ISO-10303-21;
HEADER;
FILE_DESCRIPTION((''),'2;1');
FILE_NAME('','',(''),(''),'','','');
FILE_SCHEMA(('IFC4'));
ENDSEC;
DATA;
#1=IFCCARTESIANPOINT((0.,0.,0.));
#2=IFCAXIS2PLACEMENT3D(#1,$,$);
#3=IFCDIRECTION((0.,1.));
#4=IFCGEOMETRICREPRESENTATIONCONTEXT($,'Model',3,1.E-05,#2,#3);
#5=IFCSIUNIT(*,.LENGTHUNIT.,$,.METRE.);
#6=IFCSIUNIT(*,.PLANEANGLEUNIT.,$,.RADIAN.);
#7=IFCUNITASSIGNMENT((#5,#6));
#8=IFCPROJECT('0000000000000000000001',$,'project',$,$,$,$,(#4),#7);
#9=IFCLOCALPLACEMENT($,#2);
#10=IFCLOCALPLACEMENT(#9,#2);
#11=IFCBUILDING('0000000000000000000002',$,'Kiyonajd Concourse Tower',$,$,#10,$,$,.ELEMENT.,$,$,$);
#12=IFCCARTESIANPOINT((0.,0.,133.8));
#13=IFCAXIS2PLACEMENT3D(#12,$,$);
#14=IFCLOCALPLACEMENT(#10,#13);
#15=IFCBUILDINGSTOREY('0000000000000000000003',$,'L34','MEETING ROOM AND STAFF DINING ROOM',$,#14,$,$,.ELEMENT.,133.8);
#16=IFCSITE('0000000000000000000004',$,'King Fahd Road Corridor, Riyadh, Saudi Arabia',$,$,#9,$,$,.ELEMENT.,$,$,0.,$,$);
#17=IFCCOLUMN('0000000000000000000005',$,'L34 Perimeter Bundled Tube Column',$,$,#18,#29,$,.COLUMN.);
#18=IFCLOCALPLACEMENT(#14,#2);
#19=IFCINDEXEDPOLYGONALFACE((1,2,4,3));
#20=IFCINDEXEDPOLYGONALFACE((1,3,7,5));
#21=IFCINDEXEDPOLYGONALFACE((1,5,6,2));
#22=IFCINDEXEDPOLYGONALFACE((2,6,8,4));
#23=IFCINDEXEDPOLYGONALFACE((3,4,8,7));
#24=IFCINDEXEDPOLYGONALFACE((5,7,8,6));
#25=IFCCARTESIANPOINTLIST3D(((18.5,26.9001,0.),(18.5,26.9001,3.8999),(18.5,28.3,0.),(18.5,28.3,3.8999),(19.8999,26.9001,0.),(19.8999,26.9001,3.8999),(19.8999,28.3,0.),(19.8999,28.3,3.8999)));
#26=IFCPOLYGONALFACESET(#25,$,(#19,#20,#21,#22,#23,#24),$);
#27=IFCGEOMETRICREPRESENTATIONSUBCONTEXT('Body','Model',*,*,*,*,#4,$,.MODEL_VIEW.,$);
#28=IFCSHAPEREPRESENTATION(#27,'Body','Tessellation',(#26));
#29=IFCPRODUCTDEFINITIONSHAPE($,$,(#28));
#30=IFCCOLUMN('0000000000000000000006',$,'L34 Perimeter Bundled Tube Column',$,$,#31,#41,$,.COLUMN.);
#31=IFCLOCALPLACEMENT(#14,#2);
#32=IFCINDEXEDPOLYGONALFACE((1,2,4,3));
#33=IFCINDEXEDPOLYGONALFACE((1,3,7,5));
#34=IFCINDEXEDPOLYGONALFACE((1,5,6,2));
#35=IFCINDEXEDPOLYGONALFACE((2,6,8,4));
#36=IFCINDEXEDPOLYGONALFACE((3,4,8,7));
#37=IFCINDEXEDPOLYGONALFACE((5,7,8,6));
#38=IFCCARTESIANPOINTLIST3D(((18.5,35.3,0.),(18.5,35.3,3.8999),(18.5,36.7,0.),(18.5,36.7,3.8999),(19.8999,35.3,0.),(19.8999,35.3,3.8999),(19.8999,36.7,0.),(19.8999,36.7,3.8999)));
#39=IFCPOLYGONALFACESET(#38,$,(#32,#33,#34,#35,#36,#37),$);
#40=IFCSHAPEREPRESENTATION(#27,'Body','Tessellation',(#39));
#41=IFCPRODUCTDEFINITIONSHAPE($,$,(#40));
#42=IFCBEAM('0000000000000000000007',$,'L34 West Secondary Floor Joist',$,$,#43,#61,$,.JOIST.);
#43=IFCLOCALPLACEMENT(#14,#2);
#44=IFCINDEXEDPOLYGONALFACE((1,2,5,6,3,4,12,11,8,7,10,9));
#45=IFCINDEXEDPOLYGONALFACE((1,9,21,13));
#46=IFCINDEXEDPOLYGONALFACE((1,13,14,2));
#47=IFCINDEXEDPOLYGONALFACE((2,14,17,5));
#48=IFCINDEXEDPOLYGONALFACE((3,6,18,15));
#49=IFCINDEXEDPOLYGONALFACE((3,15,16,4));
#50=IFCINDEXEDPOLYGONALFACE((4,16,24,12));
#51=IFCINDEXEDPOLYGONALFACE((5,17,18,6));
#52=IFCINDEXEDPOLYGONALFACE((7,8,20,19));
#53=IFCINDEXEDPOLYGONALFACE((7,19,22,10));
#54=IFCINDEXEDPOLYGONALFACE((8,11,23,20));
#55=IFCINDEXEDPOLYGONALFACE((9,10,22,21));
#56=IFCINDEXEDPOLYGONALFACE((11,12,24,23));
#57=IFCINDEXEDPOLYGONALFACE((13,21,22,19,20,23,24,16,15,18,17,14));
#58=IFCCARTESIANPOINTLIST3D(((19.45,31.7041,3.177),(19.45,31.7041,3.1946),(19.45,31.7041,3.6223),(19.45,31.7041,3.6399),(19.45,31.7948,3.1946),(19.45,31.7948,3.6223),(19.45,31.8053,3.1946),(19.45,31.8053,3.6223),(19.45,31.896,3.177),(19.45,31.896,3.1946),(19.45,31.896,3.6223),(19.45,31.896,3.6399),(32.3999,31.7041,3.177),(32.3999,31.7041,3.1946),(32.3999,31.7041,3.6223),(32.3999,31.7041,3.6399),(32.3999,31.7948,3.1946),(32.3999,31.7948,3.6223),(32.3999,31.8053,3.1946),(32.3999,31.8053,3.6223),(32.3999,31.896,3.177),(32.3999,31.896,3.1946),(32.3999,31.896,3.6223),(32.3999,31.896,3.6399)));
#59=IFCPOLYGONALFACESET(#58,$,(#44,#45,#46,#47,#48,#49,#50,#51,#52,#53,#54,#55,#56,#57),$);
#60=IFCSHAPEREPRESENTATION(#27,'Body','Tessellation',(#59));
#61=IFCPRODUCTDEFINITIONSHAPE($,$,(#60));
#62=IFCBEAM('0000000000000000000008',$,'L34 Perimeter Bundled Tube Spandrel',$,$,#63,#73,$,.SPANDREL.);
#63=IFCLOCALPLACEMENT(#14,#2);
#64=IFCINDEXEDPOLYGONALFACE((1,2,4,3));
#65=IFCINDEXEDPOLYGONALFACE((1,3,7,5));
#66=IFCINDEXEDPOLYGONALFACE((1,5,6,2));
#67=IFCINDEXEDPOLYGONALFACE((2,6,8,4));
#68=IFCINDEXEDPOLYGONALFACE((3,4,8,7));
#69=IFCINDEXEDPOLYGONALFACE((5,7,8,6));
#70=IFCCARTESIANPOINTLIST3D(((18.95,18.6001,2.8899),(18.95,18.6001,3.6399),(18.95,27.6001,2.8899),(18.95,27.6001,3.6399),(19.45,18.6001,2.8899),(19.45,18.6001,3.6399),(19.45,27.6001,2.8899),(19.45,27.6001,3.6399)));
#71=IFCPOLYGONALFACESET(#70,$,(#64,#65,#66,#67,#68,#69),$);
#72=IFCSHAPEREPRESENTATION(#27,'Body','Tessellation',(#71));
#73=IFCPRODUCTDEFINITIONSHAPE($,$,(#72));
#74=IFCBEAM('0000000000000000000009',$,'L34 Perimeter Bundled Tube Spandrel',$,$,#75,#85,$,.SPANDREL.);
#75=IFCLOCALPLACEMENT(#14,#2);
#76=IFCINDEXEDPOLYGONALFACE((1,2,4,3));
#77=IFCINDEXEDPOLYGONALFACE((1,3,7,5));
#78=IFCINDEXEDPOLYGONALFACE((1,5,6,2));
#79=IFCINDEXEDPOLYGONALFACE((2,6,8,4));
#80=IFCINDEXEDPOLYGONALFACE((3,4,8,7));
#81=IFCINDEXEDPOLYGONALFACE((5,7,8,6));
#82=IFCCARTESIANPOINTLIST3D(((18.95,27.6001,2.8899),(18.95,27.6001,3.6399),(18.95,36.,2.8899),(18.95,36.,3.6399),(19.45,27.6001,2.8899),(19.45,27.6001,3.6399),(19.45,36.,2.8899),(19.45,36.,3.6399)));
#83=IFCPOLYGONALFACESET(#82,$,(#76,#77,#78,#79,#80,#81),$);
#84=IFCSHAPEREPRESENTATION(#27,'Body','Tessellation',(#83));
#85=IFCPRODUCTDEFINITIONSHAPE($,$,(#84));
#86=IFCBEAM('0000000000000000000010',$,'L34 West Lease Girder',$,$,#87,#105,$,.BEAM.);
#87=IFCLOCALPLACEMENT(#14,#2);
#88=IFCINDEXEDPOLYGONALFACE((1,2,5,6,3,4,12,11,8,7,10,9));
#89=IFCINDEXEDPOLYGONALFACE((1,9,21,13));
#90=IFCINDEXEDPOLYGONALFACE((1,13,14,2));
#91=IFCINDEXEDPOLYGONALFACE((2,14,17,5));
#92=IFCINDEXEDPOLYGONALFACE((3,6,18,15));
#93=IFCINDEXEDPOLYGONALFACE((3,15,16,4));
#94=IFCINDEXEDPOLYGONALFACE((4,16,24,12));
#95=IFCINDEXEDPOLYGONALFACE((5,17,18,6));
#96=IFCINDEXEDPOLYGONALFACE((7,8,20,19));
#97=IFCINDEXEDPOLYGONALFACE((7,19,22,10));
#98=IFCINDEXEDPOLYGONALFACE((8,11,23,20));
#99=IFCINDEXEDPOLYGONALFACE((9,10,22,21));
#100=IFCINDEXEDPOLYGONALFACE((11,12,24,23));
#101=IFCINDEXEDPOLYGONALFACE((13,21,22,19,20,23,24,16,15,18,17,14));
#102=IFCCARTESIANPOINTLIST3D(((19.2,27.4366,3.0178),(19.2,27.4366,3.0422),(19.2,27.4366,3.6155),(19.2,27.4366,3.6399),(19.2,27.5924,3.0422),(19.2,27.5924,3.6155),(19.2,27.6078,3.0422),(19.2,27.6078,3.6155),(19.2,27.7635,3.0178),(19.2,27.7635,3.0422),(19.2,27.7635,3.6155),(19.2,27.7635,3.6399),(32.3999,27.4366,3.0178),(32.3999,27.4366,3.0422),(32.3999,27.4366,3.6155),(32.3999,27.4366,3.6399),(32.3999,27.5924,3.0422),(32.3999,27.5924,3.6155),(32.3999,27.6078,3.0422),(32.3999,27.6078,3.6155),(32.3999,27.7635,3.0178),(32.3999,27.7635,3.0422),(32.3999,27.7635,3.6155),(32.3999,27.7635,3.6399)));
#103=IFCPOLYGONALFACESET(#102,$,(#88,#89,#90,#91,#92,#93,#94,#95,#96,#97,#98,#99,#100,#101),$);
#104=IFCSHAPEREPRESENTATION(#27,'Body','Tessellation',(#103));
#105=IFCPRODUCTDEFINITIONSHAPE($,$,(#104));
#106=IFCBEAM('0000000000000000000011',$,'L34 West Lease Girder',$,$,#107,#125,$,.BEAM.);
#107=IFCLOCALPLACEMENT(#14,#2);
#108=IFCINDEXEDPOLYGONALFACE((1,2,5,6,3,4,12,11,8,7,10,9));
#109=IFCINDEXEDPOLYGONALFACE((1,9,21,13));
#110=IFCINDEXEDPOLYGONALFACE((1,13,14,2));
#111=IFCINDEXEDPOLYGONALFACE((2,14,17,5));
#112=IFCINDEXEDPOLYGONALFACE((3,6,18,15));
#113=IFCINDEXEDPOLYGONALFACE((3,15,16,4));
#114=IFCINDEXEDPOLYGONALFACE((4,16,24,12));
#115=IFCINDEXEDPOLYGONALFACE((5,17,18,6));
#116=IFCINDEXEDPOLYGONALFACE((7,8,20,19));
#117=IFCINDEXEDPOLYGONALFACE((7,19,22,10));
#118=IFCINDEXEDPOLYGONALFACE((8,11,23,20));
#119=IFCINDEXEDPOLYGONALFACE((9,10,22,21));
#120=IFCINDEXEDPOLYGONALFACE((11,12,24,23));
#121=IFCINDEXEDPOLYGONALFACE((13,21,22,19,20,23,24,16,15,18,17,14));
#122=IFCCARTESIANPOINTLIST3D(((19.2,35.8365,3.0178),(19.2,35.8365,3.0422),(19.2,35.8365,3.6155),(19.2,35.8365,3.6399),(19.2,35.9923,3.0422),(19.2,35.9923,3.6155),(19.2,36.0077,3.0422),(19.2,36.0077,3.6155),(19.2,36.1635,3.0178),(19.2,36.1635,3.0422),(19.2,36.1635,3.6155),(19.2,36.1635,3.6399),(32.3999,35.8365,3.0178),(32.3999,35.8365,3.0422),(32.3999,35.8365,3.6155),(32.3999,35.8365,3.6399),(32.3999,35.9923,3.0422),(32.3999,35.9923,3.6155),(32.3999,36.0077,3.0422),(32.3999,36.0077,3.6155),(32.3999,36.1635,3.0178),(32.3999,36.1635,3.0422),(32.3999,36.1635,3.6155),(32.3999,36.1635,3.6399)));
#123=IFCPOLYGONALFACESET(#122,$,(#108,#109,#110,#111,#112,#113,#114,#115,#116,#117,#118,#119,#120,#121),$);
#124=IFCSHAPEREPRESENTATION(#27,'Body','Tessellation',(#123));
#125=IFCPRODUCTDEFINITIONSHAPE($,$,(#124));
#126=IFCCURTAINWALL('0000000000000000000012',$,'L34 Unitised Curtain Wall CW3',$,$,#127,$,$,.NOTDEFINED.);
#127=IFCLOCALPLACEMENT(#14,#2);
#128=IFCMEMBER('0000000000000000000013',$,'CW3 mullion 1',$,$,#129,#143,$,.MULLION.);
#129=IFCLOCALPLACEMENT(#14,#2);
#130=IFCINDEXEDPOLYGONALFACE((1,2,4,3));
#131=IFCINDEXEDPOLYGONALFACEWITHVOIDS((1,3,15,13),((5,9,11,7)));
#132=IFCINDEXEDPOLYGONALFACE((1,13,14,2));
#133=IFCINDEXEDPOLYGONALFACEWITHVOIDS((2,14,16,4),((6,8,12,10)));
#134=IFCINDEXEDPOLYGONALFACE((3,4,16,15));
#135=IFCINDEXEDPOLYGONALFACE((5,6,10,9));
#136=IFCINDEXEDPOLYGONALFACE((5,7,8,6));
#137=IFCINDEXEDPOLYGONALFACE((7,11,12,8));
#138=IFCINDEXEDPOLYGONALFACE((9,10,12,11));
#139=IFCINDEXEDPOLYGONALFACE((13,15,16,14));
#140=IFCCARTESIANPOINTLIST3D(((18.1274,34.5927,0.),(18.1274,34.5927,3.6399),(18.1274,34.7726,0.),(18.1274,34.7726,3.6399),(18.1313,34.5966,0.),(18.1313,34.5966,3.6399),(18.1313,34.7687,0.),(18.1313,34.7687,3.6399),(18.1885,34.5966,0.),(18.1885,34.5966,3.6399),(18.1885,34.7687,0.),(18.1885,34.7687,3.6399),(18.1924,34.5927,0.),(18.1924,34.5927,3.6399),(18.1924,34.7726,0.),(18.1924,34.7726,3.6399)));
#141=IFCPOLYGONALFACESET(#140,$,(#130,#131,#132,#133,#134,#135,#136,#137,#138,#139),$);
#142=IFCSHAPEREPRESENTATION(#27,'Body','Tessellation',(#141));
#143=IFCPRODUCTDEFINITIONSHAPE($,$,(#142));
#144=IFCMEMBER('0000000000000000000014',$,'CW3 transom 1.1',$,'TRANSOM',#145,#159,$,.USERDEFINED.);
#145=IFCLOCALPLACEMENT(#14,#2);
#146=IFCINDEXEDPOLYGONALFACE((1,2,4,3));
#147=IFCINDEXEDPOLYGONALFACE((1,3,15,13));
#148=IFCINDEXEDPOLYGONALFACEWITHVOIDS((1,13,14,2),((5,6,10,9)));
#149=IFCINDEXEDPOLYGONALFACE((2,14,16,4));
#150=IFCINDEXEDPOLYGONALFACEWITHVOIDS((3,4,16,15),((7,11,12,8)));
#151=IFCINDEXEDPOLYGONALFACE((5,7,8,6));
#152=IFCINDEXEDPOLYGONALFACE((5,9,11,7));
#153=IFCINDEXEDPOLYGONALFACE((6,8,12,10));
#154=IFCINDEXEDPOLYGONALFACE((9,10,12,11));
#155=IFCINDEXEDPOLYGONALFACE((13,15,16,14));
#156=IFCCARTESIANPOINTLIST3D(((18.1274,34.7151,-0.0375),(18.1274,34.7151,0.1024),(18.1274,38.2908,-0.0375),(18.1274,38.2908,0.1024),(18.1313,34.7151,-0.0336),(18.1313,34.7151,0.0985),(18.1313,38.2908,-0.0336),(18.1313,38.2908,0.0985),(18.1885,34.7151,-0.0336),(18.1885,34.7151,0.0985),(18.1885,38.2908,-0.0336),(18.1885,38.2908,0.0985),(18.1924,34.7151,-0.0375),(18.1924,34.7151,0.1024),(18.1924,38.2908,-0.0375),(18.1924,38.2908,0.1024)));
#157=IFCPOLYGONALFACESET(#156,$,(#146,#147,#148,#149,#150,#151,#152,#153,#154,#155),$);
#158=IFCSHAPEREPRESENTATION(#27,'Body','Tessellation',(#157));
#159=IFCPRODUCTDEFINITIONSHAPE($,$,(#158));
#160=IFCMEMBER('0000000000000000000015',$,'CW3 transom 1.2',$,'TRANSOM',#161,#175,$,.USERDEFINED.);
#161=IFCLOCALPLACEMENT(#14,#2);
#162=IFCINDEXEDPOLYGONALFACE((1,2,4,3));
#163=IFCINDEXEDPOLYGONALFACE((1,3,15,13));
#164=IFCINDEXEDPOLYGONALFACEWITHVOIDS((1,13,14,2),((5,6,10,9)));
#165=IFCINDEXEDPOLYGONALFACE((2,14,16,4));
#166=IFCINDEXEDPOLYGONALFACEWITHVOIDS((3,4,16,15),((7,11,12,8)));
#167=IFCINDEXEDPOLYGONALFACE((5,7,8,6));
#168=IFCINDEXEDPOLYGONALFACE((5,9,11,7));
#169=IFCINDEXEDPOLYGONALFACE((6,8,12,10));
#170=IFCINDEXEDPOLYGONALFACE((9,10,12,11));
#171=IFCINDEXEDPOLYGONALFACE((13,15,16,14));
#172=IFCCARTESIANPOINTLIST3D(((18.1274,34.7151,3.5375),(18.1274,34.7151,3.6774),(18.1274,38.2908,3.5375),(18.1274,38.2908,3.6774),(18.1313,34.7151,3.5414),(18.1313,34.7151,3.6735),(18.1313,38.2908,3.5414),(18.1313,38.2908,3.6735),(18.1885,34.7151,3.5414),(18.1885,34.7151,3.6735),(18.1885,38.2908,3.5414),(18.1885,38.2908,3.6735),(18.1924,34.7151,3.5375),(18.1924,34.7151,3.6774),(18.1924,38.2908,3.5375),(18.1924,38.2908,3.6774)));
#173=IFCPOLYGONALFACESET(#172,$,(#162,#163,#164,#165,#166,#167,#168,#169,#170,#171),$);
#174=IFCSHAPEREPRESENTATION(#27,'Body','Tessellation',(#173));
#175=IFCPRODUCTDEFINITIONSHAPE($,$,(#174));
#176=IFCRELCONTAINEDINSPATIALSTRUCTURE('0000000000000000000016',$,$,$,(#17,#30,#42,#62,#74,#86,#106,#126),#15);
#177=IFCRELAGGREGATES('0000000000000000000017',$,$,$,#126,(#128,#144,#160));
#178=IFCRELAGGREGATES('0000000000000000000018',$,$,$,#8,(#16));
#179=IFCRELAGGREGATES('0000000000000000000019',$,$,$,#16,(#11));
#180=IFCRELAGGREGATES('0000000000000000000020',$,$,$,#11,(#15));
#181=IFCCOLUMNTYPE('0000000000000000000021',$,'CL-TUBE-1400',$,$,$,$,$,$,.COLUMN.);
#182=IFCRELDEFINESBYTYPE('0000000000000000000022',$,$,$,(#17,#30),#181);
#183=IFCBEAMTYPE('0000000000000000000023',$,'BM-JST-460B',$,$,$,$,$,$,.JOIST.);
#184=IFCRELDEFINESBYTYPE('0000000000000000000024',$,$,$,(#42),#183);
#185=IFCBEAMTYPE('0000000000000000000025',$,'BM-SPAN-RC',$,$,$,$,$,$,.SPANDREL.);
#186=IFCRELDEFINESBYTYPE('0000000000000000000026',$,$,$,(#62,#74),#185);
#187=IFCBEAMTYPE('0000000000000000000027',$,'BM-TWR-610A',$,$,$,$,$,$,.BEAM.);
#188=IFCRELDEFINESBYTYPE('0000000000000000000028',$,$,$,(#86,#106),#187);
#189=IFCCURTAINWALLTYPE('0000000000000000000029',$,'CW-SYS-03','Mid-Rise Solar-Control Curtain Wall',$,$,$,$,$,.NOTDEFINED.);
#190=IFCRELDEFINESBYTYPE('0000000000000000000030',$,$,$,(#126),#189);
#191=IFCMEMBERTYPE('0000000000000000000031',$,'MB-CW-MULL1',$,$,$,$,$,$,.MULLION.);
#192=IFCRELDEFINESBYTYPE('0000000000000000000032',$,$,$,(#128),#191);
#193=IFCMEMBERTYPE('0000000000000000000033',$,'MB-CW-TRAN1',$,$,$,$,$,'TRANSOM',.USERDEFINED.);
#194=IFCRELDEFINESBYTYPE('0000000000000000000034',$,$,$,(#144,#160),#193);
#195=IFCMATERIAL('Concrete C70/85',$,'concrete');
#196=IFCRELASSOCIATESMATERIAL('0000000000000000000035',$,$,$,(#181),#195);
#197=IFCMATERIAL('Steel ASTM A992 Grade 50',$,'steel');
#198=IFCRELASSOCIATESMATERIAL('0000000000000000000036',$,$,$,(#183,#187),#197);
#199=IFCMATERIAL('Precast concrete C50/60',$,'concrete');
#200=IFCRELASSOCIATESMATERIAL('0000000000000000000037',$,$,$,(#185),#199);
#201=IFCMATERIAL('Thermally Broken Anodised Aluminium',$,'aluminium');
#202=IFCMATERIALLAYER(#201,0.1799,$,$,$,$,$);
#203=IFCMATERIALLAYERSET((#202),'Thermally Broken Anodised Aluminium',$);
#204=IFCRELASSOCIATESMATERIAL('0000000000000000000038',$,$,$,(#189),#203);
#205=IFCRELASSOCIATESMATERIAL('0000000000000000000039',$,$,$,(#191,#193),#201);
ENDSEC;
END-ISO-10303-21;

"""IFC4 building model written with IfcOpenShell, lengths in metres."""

from ifc_helpers import new_model, si_unit, direction, frame, origin, origin_2d, place, context, subcontext, project, spatial, rectangle, hollow_rectangle, i_section, extrude, material, layer, layer_set, material_profile, profile_set, type_object, element, aggregate, save


model = new_model("IFC4")

# Units and contexts
model_context = context("Model", 3, precision=1e-05, world=origin(), true_north=direction((0.0, 1.0)))
body_context = subcontext(model_context, "Body", "Model", "MODEL_VIEW")
ifc_project = project(units=[si_unit("LENGTHUNIT", "METRE"), si_unit("PLANEANGLEUNIT", "RADIAN")], contexts=[model_context])

# Site, building, storey
site_placement = place(None, origin())
site = spatial("IfcSite", under=ifc_project, at=site_placement, Name="King Fahd Road Corridor, Riyadh, Saudi Arabia", CompositionType="ELEMENT", RefElevation=0.0)
building_placement = place(site_placement, origin())
building = spatial("IfcBuilding", under=site, at=building_placement, Name="Kiyonajd Concourse Tower", CompositionType="ELEMENT")
storey_placement = place(building_placement, frame((0.0, 0.0, 133.8)))
storey = spatial("IfcBuildingStorey", under=building, at=storey_placement, Name="L34", Description="MEETING ROOM AND STAFF DINING ROOM", CompositionType="ELEMENT", Elevation=133.8)

# Columns
ifc_material_1 = material(Name="Concrete C70/85", Category="concrete")
ifc_material_profile_1 = material_profile(ifc_material_1, rectangle(XDim=1.3999, YDim=1.3999, at=origin_2d()), Name="RC-1400x1400")
ifc_profile_set_1 = profile_set([ifc_material_profile_1], Name="Concrete C70/85")
column_type = type_object("IfcColumnType", Name="CL-TUBE-1400", PredefinedType="COLUMN", material=ifc_profile_set_1)
for number, where, z_axis, x_axis, name in (
    (1, (19.2, 27.6001, 0.0), (0.0, 0.0, 1.0), (1.0, 0.0, 0.0), "L34 Perimeter Bundled Tube Column"),
    (2, (19.2, 36.0, 0.0), (0.0, 0.0, 1.0), (1.0, 0.0, 0.0), "L34 Perimeter Bundled Tube Column"),
):
    element("IfcColumn", number, at=place(storey_placement, frame(where, z_axis=z_axis, x_axis=x_axis)), inside=storey, type_object=column_type, Name=name, PredefinedType="COLUMN", context=body_context, shape_type="SweptSolid", body=[
        extrude(rectangle(XDim=1.3999, YDim=1.3999, at=origin_2d()), origin(), (0.0, 0.0, 1.0), 3.8999),
    ])

# Beams
ifc_material_2 = material(Name="Steel ASTM A992 Grade 50", Category="steel")
ifc_material_profile_2 = material_profile(ifc_material_2, i_section(OverallWidth=0.1919, OverallDepth=0.4629, WebThickness=0.0105, FlangeThickness=0.0176, at=origin_2d()), Name="W460X89")
ifc_profile_set_2 = profile_set([ifc_material_profile_2], Name="Steel ASTM A992 Grade 50")
beam_type_1 = type_object("IfcBeamType", Name="BM-JST-460B", PredefinedType="JOIST", material=ifc_profile_set_2)
beam_1_placement = place(storey_placement, frame((19.45, 31.8, 3.4084), z_axis=(1.0, 0.0, 0.0), x_axis=(0.0, 1.0, 0.0)))
element("IfcBeam", 3, at=beam_1_placement, inside=storey, type_object=beam_type_1, Name="L34 West Secondary Floor Joist", PredefinedType="JOIST", context=body_context, shape_type="SweptSolid", body=[
    extrude(i_section(OverallWidth=0.1919, OverallDepth=0.4629, WebThickness=0.0105, FlangeThickness=0.0176, at=origin_2d()), origin(), (0.0, 0.0, 1.0), 12.95),
])
ifc_material_3 = material(Name="Precast concrete C50/60", Category="concrete")
ifc_material_profile_3 = material_profile(ifc_material_3, rectangle(XDim=0.5, YDim=0.75, at=origin_2d()), Name="RCBM-500x750")
ifc_profile_set_3 = profile_set([ifc_material_profile_3], Name="Precast concrete C50/60")
beam_type_2 = type_object("IfcBeamType", Name="BM-SPAN-RC", PredefinedType="SPANDREL", material=ifc_profile_set_3)
beam_2_placement = place(storey_placement, frame((19.2, 27.6001, 3.2649), z_axis=(0.0, -1.0, 0.0), x_axis=(1.0, 0.0, 0.0)))
element("IfcBeam", 4, at=beam_2_placement, inside=storey, type_object=beam_type_2, Name="L34 Perimeter Bundled Tube Spandrel", PredefinedType="SPANDREL", context=body_context, shape_type="SweptSolid", body=[
    extrude(rectangle(XDim=0.5, YDim=0.75, at=origin_2d()), origin(), (0.0, 0.0, 1.0), 9.0),
])
beam_3_placement = place(storey_placement, frame((19.2, 36.0, 3.2649), z_axis=(0.0, -1.0, 0.0), x_axis=(1.0, 0.0, 0.0)))
element("IfcBeam", 5, at=beam_3_placement, inside=storey, type_object=beam_type_2, Name="L34 Perimeter Bundled Tube Spandrel", PredefinedType="SPANDREL", context=body_context, shape_type="SweptSolid", body=[
    extrude(rectangle(XDim=0.5, YDim=0.75, at=origin_2d()), origin(), (0.0, 0.0, 1.0), 8.3999),
])
ifc_material_profile_4 = material_profile(ifc_material_2, i_section(OverallWidth=0.3269, OverallDepth=0.6221, WebThickness=0.0154, FlangeThickness=0.0244, at=origin_2d()), Name="W610X195")
ifc_profile_set_4 = profile_set([ifc_material_profile_4], Name="Steel ASTM A992 Grade 50")
beam_type_3 = type_object("IfcBeamType", Name="BM-TWR-610A", PredefinedType="BEAM", material=ifc_profile_set_4)
for number, where, z_axis, x_axis, name in (
    (6, (19.2, 27.6001, 3.3289), (1.0, 0.0, 0.0), (0.0, 1.0, 0.0), "L34 West Lease Girder"),
    (7, (19.2, 36.0, 3.3289), (1.0, 0.0, 0.0), (0.0, 1.0, 0.0), "L34 West Lease Girder"),
):
    element("IfcBeam", number, at=place(storey_placement, frame(where, z_axis=z_axis, x_axis=x_axis)), inside=storey, type_object=beam_type_3, Name=name, PredefinedType="BEAM", context=body_context, shape_type="SweptSolid", body=[
        extrude(i_section(OverallWidth=0.3269, OverallDepth=0.6221, WebThickness=0.0154, FlangeThickness=0.0244, at=origin_2d()), origin(), (0.0, 0.0, 1.0), 13.2),
    ])

# Curtain wall, members
ifc_material_4 = material(Name="Thermally Broken Anodised Aluminium", Category="aluminium")
ifc_layer_1 = layer(ifc_material_4, 0.1799)
ifc_layer_set_1 = layer_set([ifc_layer_1], Name="Thermally Broken Anodised Aluminium")
curtain_wall_type = type_object("IfcCurtainWallType", Name="CW-SYS-03", Description="Mid-Rise Solar-Control Curtain Wall", PredefinedType="NOTDEFINED", material=ifc_layer_set_1)
curtain_wall_placement = place(storey_placement, origin())
curtain_wall = element("IfcCurtainWall", 8, at=curtain_wall_placement, inside=storey, type_object=curtain_wall_type, Name="L34 Unitised Curtain Wall CW3", PredefinedType="NOTDEFINED")
ifc_material_profile_5 = material_profile(ifc_material_4, hollow_rectangle(XDim=0.0649, YDim=0.1799, WallThickness=0.0039, at=origin_2d()), Name="MULL-65x180")
ifc_profile_set_5 = profile_set([ifc_material_profile_5], Name="Thermally Broken Anodised Aluminium")
member_type_1 = type_object("IfcMemberType", Name="MB-CW-MULL1", PredefinedType="MULLION", material=ifc_profile_set_5)
member_1_placement = place(storey_placement, frame((18.1599, 34.6826, 0.0), z_axis=(0.0, 0.0, 1.0), x_axis=(-1.0, 0.0, 0.0)))
member_1 = element("IfcMember", 9, at=member_1_placement, type_object=member_type_1, Name="CW3 mullion 1", PredefinedType="MULLION", context=body_context, shape_type="SweptSolid", body=[
    extrude(hollow_rectangle(XDim=0.0649, YDim=0.1799, WallThickness=0.0039, at=origin_2d()), origin(), (0.0, 0.0, 1.0), 3.6399),
])
ifc_material_profile_6 = material_profile(ifc_material_4, hollow_rectangle(XDim=0.0649, YDim=0.1399, WallThickness=0.0039, at=origin_2d()), Name="TRAN-65x140")
ifc_profile_set_6 = profile_set([ifc_material_profile_6], Name="Thermally Broken Anodised Aluminium")
member_type_2 = type_object("IfcMemberType", Name="MB-CW-TRAN1", ElementType="TRANSOM", PredefinedType="USERDEFINED", material=ifc_profile_set_6)
member_2_placement = place(storey_placement, frame((18.1599, 34.7151, 0.0325), z_axis=(0.0, 1.0, 0.0), x_axis=(-1.0, 0.0, 0.0)))
member_2 = element("IfcMember", 10, at=member_2_placement, type_object=member_type_2, Name="CW3 transom 1.1", ObjectType="TRANSOM", PredefinedType="USERDEFINED", context=body_context, shape_type="SweptSolid", body=[
    extrude(hollow_rectangle(XDim=0.0649, YDim=0.1399, WallThickness=0.0039, at=origin_2d()), origin(), (0.0, 0.0, 1.0), 3.5757),
])
member_3_placement = place(storey_placement, frame((18.1599, 34.7151, 3.6074), z_axis=(0.0, 1.0, 0.0), x_axis=(-1.0, 0.0, 0.0)))
member_3 = element("IfcMember", 11, at=member_3_placement, type_object=member_type_2, Name="CW3 transom 1.2", ObjectType="TRANSOM", PredefinedType="USERDEFINED", context=body_context, shape_type="SweptSolid", body=[
    extrude(hollow_rectangle(XDim=0.0649, YDim=0.1399, WallThickness=0.0039, at=origin_2d()), origin(), (0.0, 0.0, 1.0), 3.5757),
])

aggregate(curtain_wall, [member_1, member_2, member_3])

save(model, "model.ifc")
